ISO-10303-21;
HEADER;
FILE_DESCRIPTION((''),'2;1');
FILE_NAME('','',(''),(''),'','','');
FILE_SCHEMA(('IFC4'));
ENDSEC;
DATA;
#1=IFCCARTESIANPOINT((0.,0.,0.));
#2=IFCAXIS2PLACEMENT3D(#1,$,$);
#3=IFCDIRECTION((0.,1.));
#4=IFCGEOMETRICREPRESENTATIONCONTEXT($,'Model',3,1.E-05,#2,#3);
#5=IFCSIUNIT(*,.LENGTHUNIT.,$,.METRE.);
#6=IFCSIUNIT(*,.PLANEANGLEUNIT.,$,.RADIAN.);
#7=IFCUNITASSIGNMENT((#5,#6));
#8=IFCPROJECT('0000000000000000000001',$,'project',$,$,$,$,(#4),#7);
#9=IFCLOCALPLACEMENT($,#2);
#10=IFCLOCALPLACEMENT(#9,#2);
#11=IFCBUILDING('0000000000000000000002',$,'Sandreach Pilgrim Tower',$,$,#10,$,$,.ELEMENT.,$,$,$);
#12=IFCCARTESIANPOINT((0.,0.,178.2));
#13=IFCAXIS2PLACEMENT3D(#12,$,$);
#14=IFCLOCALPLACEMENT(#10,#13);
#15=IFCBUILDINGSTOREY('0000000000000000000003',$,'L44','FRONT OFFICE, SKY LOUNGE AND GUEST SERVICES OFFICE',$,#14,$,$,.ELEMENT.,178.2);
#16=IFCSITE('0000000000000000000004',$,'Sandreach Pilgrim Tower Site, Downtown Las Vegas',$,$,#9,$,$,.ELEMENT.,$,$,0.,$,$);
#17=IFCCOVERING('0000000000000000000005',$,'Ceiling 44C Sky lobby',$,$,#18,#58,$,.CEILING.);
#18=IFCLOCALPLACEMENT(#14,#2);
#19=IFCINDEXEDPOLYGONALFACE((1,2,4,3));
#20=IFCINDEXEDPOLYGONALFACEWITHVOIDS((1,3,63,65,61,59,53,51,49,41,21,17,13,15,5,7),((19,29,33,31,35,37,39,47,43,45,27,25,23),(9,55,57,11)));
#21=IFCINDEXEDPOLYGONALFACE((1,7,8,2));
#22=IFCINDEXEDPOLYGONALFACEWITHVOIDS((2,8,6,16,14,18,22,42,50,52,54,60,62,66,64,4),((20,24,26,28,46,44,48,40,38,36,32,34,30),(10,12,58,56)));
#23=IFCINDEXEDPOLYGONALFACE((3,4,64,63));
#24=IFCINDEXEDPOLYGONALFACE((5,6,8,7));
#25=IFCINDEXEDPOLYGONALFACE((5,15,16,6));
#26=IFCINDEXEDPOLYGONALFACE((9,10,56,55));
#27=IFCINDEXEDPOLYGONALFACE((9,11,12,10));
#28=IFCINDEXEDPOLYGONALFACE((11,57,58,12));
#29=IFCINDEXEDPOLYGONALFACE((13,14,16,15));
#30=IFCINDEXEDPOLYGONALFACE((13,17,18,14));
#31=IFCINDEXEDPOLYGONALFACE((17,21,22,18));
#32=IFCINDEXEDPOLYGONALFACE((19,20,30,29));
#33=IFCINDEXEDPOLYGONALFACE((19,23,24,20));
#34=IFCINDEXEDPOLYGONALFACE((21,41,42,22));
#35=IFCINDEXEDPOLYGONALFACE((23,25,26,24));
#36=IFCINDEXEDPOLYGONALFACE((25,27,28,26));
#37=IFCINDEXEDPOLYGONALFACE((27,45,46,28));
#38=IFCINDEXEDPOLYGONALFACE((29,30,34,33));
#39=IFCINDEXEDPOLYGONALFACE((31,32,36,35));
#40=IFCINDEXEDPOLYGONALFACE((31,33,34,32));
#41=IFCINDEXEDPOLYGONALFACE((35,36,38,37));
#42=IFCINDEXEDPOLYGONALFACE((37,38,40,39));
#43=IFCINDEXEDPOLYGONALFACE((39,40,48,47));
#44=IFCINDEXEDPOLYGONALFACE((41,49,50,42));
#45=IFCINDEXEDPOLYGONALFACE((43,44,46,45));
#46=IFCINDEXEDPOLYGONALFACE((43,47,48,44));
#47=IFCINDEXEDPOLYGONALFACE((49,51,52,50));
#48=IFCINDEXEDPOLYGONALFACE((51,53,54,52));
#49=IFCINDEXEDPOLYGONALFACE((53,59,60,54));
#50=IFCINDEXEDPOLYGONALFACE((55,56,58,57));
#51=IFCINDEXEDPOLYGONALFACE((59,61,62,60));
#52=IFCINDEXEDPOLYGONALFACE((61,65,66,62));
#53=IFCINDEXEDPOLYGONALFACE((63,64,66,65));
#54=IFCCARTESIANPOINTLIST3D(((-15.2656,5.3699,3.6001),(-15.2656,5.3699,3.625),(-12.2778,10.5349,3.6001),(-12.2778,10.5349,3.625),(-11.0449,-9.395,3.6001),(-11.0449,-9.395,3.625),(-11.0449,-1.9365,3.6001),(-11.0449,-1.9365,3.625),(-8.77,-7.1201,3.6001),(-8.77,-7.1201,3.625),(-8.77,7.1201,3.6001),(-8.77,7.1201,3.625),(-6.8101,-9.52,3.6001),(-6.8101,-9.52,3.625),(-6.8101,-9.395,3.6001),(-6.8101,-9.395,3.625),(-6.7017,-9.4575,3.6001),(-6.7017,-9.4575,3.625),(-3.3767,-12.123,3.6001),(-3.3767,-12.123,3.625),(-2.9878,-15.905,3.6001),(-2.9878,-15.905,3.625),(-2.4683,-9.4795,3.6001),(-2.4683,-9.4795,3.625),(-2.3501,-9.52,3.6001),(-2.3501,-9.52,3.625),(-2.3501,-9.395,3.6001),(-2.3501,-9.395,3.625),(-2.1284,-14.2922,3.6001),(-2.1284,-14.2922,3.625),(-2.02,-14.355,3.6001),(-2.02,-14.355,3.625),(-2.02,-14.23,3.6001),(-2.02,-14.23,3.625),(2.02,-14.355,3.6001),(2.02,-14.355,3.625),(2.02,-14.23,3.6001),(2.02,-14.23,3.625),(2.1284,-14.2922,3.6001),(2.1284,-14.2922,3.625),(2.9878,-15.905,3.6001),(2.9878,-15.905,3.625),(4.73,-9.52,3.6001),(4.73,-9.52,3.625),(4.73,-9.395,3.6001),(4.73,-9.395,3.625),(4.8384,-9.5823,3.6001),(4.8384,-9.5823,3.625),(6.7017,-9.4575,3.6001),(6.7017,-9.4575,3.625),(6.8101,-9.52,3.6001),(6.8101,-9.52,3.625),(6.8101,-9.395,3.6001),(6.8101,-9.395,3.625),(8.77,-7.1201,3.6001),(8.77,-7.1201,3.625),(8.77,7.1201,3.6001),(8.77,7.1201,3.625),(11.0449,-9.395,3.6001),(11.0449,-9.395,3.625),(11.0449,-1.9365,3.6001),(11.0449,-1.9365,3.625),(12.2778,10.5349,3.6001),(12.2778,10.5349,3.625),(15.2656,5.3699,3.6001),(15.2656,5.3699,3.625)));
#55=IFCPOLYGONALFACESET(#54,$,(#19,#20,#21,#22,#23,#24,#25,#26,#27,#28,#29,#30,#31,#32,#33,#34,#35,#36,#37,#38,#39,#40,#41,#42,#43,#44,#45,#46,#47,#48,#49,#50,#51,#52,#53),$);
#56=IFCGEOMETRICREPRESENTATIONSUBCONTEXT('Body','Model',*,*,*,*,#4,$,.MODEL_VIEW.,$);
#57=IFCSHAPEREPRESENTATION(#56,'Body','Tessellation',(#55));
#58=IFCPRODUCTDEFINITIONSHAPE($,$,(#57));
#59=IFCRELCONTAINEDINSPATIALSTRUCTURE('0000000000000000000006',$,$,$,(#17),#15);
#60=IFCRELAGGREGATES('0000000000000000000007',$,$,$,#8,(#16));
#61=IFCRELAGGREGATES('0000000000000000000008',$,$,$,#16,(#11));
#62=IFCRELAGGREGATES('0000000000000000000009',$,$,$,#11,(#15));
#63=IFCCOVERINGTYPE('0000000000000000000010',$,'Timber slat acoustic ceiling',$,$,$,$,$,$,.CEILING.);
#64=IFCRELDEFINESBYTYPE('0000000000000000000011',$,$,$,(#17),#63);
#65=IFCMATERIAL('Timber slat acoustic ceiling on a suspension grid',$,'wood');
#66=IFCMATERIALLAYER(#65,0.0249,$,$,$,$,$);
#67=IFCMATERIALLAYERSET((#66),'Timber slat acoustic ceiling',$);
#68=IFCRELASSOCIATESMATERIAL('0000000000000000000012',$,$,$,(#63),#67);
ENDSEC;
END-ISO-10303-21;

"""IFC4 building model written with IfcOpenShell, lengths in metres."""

from ifc_helpers import new_model, si_unit, direction, frame, origin, place, context, subcontext, project, spatial, polyline, outline, extrude, material, layer, layer_set, type_object, element, save


model = new_model("IFC4")

# Units and contexts
model_context = context("Model", 3, precision=1e-05, world=origin(), true_north=direction((0.0, 1.0)))
body_context = subcontext(model_context, "Body", "Model", "MODEL_VIEW")
ifc_project = project(units=[si_unit("LENGTHUNIT", "METRE"), si_unit("PLANEANGLEUNIT", "RADIAN")], contexts=[model_context])

# Site, building, storey
site_placement = place(None, origin())
site = spatial("IfcSite", under=ifc_project, at=site_placement, Name="Sandreach Pilgrim Tower Site, Downtown Las Vegas", CompositionType="ELEMENT", RefElevation=0.0)
building_placement = place(site_placement, origin())
building = spatial("IfcBuilding", under=site, at=building_placement, Name="Sandreach Pilgrim Tower", CompositionType="ELEMENT")
storey_placement = place(building_placement, frame((0.0, 0.0, 178.2)))
storey = spatial("IfcBuildingStorey", under=building, at=storey_placement, Name="L44", Description="FRONT OFFICE, SKY LOUNGE AND GUEST SERVICES OFFICE", CompositionType="ELEMENT", Elevation=178.2)

# Covering
ifc_material_1 = material(Name="Timber slat acoustic ceiling on a suspension grid", Category="wood")
ifc_layer_1 = layer(ifc_material_1, 0.0249)
ifc_layer_set_1 = layer_set([ifc_layer_1], Name="Timber slat acoustic ceiling")
covering_type_1 = type_object("IfcCoveringType", Name="Timber slat acoustic ceiling", PredefinedType="CEILING", material=ifc_layer_set_1)
covering_1_placement = place(storey_placement, frame((0.0, 0.0, 3.6001)))
element("IfcCovering", 1, at=covering_1_placement, inside=storey, type_object=covering_type_1, Name="Ceiling 44C Sky lobby", PredefinedType="CEILING", context=body_context, shape_type="SweptSolid", body=[
    extrude(outline(polyline([(-11.0449, -1.9365), (-15.2656, 5.3699), (-12.2778, 10.5349), (12.2778, 10.5349), (15.2656, 5.3699), (11.0449, -1.9365), (11.0449, -9.395), (6.8101, -9.395), (6.8101, -9.52), (6.7017, -9.4575), (2.9878, -15.905), (-2.9878, -15.905), (-6.7017, -9.4575), (-6.8101, -9.52), (-6.8101, -9.395), (-11.0449, -9.395), (-11.0449, -1.9365)]), holes=[polyline([(8.77, -7.1201), (8.77, 7.1201), (-8.77, 7.1201), (-8.77, -7.1201), (8.77, -7.1201)]), polyline([(-3.3767, -12.123), (-2.1284, -14.2922), (-2.02, -14.23), (-2.02, -14.355), (2.02, -14.355), (2.02, -14.23), (2.1284, -14.2922), (4.8384, -9.5823), (4.73, -9.52), (4.73, -9.395), (-2.3501, -9.395), (-2.3501, -9.52), (-2.4683, -9.4795), (-3.3767, -12.123)])]), origin(), (0.0, 0.0, 1.0), 0.0249),
])

save(model, "model.ifc")
